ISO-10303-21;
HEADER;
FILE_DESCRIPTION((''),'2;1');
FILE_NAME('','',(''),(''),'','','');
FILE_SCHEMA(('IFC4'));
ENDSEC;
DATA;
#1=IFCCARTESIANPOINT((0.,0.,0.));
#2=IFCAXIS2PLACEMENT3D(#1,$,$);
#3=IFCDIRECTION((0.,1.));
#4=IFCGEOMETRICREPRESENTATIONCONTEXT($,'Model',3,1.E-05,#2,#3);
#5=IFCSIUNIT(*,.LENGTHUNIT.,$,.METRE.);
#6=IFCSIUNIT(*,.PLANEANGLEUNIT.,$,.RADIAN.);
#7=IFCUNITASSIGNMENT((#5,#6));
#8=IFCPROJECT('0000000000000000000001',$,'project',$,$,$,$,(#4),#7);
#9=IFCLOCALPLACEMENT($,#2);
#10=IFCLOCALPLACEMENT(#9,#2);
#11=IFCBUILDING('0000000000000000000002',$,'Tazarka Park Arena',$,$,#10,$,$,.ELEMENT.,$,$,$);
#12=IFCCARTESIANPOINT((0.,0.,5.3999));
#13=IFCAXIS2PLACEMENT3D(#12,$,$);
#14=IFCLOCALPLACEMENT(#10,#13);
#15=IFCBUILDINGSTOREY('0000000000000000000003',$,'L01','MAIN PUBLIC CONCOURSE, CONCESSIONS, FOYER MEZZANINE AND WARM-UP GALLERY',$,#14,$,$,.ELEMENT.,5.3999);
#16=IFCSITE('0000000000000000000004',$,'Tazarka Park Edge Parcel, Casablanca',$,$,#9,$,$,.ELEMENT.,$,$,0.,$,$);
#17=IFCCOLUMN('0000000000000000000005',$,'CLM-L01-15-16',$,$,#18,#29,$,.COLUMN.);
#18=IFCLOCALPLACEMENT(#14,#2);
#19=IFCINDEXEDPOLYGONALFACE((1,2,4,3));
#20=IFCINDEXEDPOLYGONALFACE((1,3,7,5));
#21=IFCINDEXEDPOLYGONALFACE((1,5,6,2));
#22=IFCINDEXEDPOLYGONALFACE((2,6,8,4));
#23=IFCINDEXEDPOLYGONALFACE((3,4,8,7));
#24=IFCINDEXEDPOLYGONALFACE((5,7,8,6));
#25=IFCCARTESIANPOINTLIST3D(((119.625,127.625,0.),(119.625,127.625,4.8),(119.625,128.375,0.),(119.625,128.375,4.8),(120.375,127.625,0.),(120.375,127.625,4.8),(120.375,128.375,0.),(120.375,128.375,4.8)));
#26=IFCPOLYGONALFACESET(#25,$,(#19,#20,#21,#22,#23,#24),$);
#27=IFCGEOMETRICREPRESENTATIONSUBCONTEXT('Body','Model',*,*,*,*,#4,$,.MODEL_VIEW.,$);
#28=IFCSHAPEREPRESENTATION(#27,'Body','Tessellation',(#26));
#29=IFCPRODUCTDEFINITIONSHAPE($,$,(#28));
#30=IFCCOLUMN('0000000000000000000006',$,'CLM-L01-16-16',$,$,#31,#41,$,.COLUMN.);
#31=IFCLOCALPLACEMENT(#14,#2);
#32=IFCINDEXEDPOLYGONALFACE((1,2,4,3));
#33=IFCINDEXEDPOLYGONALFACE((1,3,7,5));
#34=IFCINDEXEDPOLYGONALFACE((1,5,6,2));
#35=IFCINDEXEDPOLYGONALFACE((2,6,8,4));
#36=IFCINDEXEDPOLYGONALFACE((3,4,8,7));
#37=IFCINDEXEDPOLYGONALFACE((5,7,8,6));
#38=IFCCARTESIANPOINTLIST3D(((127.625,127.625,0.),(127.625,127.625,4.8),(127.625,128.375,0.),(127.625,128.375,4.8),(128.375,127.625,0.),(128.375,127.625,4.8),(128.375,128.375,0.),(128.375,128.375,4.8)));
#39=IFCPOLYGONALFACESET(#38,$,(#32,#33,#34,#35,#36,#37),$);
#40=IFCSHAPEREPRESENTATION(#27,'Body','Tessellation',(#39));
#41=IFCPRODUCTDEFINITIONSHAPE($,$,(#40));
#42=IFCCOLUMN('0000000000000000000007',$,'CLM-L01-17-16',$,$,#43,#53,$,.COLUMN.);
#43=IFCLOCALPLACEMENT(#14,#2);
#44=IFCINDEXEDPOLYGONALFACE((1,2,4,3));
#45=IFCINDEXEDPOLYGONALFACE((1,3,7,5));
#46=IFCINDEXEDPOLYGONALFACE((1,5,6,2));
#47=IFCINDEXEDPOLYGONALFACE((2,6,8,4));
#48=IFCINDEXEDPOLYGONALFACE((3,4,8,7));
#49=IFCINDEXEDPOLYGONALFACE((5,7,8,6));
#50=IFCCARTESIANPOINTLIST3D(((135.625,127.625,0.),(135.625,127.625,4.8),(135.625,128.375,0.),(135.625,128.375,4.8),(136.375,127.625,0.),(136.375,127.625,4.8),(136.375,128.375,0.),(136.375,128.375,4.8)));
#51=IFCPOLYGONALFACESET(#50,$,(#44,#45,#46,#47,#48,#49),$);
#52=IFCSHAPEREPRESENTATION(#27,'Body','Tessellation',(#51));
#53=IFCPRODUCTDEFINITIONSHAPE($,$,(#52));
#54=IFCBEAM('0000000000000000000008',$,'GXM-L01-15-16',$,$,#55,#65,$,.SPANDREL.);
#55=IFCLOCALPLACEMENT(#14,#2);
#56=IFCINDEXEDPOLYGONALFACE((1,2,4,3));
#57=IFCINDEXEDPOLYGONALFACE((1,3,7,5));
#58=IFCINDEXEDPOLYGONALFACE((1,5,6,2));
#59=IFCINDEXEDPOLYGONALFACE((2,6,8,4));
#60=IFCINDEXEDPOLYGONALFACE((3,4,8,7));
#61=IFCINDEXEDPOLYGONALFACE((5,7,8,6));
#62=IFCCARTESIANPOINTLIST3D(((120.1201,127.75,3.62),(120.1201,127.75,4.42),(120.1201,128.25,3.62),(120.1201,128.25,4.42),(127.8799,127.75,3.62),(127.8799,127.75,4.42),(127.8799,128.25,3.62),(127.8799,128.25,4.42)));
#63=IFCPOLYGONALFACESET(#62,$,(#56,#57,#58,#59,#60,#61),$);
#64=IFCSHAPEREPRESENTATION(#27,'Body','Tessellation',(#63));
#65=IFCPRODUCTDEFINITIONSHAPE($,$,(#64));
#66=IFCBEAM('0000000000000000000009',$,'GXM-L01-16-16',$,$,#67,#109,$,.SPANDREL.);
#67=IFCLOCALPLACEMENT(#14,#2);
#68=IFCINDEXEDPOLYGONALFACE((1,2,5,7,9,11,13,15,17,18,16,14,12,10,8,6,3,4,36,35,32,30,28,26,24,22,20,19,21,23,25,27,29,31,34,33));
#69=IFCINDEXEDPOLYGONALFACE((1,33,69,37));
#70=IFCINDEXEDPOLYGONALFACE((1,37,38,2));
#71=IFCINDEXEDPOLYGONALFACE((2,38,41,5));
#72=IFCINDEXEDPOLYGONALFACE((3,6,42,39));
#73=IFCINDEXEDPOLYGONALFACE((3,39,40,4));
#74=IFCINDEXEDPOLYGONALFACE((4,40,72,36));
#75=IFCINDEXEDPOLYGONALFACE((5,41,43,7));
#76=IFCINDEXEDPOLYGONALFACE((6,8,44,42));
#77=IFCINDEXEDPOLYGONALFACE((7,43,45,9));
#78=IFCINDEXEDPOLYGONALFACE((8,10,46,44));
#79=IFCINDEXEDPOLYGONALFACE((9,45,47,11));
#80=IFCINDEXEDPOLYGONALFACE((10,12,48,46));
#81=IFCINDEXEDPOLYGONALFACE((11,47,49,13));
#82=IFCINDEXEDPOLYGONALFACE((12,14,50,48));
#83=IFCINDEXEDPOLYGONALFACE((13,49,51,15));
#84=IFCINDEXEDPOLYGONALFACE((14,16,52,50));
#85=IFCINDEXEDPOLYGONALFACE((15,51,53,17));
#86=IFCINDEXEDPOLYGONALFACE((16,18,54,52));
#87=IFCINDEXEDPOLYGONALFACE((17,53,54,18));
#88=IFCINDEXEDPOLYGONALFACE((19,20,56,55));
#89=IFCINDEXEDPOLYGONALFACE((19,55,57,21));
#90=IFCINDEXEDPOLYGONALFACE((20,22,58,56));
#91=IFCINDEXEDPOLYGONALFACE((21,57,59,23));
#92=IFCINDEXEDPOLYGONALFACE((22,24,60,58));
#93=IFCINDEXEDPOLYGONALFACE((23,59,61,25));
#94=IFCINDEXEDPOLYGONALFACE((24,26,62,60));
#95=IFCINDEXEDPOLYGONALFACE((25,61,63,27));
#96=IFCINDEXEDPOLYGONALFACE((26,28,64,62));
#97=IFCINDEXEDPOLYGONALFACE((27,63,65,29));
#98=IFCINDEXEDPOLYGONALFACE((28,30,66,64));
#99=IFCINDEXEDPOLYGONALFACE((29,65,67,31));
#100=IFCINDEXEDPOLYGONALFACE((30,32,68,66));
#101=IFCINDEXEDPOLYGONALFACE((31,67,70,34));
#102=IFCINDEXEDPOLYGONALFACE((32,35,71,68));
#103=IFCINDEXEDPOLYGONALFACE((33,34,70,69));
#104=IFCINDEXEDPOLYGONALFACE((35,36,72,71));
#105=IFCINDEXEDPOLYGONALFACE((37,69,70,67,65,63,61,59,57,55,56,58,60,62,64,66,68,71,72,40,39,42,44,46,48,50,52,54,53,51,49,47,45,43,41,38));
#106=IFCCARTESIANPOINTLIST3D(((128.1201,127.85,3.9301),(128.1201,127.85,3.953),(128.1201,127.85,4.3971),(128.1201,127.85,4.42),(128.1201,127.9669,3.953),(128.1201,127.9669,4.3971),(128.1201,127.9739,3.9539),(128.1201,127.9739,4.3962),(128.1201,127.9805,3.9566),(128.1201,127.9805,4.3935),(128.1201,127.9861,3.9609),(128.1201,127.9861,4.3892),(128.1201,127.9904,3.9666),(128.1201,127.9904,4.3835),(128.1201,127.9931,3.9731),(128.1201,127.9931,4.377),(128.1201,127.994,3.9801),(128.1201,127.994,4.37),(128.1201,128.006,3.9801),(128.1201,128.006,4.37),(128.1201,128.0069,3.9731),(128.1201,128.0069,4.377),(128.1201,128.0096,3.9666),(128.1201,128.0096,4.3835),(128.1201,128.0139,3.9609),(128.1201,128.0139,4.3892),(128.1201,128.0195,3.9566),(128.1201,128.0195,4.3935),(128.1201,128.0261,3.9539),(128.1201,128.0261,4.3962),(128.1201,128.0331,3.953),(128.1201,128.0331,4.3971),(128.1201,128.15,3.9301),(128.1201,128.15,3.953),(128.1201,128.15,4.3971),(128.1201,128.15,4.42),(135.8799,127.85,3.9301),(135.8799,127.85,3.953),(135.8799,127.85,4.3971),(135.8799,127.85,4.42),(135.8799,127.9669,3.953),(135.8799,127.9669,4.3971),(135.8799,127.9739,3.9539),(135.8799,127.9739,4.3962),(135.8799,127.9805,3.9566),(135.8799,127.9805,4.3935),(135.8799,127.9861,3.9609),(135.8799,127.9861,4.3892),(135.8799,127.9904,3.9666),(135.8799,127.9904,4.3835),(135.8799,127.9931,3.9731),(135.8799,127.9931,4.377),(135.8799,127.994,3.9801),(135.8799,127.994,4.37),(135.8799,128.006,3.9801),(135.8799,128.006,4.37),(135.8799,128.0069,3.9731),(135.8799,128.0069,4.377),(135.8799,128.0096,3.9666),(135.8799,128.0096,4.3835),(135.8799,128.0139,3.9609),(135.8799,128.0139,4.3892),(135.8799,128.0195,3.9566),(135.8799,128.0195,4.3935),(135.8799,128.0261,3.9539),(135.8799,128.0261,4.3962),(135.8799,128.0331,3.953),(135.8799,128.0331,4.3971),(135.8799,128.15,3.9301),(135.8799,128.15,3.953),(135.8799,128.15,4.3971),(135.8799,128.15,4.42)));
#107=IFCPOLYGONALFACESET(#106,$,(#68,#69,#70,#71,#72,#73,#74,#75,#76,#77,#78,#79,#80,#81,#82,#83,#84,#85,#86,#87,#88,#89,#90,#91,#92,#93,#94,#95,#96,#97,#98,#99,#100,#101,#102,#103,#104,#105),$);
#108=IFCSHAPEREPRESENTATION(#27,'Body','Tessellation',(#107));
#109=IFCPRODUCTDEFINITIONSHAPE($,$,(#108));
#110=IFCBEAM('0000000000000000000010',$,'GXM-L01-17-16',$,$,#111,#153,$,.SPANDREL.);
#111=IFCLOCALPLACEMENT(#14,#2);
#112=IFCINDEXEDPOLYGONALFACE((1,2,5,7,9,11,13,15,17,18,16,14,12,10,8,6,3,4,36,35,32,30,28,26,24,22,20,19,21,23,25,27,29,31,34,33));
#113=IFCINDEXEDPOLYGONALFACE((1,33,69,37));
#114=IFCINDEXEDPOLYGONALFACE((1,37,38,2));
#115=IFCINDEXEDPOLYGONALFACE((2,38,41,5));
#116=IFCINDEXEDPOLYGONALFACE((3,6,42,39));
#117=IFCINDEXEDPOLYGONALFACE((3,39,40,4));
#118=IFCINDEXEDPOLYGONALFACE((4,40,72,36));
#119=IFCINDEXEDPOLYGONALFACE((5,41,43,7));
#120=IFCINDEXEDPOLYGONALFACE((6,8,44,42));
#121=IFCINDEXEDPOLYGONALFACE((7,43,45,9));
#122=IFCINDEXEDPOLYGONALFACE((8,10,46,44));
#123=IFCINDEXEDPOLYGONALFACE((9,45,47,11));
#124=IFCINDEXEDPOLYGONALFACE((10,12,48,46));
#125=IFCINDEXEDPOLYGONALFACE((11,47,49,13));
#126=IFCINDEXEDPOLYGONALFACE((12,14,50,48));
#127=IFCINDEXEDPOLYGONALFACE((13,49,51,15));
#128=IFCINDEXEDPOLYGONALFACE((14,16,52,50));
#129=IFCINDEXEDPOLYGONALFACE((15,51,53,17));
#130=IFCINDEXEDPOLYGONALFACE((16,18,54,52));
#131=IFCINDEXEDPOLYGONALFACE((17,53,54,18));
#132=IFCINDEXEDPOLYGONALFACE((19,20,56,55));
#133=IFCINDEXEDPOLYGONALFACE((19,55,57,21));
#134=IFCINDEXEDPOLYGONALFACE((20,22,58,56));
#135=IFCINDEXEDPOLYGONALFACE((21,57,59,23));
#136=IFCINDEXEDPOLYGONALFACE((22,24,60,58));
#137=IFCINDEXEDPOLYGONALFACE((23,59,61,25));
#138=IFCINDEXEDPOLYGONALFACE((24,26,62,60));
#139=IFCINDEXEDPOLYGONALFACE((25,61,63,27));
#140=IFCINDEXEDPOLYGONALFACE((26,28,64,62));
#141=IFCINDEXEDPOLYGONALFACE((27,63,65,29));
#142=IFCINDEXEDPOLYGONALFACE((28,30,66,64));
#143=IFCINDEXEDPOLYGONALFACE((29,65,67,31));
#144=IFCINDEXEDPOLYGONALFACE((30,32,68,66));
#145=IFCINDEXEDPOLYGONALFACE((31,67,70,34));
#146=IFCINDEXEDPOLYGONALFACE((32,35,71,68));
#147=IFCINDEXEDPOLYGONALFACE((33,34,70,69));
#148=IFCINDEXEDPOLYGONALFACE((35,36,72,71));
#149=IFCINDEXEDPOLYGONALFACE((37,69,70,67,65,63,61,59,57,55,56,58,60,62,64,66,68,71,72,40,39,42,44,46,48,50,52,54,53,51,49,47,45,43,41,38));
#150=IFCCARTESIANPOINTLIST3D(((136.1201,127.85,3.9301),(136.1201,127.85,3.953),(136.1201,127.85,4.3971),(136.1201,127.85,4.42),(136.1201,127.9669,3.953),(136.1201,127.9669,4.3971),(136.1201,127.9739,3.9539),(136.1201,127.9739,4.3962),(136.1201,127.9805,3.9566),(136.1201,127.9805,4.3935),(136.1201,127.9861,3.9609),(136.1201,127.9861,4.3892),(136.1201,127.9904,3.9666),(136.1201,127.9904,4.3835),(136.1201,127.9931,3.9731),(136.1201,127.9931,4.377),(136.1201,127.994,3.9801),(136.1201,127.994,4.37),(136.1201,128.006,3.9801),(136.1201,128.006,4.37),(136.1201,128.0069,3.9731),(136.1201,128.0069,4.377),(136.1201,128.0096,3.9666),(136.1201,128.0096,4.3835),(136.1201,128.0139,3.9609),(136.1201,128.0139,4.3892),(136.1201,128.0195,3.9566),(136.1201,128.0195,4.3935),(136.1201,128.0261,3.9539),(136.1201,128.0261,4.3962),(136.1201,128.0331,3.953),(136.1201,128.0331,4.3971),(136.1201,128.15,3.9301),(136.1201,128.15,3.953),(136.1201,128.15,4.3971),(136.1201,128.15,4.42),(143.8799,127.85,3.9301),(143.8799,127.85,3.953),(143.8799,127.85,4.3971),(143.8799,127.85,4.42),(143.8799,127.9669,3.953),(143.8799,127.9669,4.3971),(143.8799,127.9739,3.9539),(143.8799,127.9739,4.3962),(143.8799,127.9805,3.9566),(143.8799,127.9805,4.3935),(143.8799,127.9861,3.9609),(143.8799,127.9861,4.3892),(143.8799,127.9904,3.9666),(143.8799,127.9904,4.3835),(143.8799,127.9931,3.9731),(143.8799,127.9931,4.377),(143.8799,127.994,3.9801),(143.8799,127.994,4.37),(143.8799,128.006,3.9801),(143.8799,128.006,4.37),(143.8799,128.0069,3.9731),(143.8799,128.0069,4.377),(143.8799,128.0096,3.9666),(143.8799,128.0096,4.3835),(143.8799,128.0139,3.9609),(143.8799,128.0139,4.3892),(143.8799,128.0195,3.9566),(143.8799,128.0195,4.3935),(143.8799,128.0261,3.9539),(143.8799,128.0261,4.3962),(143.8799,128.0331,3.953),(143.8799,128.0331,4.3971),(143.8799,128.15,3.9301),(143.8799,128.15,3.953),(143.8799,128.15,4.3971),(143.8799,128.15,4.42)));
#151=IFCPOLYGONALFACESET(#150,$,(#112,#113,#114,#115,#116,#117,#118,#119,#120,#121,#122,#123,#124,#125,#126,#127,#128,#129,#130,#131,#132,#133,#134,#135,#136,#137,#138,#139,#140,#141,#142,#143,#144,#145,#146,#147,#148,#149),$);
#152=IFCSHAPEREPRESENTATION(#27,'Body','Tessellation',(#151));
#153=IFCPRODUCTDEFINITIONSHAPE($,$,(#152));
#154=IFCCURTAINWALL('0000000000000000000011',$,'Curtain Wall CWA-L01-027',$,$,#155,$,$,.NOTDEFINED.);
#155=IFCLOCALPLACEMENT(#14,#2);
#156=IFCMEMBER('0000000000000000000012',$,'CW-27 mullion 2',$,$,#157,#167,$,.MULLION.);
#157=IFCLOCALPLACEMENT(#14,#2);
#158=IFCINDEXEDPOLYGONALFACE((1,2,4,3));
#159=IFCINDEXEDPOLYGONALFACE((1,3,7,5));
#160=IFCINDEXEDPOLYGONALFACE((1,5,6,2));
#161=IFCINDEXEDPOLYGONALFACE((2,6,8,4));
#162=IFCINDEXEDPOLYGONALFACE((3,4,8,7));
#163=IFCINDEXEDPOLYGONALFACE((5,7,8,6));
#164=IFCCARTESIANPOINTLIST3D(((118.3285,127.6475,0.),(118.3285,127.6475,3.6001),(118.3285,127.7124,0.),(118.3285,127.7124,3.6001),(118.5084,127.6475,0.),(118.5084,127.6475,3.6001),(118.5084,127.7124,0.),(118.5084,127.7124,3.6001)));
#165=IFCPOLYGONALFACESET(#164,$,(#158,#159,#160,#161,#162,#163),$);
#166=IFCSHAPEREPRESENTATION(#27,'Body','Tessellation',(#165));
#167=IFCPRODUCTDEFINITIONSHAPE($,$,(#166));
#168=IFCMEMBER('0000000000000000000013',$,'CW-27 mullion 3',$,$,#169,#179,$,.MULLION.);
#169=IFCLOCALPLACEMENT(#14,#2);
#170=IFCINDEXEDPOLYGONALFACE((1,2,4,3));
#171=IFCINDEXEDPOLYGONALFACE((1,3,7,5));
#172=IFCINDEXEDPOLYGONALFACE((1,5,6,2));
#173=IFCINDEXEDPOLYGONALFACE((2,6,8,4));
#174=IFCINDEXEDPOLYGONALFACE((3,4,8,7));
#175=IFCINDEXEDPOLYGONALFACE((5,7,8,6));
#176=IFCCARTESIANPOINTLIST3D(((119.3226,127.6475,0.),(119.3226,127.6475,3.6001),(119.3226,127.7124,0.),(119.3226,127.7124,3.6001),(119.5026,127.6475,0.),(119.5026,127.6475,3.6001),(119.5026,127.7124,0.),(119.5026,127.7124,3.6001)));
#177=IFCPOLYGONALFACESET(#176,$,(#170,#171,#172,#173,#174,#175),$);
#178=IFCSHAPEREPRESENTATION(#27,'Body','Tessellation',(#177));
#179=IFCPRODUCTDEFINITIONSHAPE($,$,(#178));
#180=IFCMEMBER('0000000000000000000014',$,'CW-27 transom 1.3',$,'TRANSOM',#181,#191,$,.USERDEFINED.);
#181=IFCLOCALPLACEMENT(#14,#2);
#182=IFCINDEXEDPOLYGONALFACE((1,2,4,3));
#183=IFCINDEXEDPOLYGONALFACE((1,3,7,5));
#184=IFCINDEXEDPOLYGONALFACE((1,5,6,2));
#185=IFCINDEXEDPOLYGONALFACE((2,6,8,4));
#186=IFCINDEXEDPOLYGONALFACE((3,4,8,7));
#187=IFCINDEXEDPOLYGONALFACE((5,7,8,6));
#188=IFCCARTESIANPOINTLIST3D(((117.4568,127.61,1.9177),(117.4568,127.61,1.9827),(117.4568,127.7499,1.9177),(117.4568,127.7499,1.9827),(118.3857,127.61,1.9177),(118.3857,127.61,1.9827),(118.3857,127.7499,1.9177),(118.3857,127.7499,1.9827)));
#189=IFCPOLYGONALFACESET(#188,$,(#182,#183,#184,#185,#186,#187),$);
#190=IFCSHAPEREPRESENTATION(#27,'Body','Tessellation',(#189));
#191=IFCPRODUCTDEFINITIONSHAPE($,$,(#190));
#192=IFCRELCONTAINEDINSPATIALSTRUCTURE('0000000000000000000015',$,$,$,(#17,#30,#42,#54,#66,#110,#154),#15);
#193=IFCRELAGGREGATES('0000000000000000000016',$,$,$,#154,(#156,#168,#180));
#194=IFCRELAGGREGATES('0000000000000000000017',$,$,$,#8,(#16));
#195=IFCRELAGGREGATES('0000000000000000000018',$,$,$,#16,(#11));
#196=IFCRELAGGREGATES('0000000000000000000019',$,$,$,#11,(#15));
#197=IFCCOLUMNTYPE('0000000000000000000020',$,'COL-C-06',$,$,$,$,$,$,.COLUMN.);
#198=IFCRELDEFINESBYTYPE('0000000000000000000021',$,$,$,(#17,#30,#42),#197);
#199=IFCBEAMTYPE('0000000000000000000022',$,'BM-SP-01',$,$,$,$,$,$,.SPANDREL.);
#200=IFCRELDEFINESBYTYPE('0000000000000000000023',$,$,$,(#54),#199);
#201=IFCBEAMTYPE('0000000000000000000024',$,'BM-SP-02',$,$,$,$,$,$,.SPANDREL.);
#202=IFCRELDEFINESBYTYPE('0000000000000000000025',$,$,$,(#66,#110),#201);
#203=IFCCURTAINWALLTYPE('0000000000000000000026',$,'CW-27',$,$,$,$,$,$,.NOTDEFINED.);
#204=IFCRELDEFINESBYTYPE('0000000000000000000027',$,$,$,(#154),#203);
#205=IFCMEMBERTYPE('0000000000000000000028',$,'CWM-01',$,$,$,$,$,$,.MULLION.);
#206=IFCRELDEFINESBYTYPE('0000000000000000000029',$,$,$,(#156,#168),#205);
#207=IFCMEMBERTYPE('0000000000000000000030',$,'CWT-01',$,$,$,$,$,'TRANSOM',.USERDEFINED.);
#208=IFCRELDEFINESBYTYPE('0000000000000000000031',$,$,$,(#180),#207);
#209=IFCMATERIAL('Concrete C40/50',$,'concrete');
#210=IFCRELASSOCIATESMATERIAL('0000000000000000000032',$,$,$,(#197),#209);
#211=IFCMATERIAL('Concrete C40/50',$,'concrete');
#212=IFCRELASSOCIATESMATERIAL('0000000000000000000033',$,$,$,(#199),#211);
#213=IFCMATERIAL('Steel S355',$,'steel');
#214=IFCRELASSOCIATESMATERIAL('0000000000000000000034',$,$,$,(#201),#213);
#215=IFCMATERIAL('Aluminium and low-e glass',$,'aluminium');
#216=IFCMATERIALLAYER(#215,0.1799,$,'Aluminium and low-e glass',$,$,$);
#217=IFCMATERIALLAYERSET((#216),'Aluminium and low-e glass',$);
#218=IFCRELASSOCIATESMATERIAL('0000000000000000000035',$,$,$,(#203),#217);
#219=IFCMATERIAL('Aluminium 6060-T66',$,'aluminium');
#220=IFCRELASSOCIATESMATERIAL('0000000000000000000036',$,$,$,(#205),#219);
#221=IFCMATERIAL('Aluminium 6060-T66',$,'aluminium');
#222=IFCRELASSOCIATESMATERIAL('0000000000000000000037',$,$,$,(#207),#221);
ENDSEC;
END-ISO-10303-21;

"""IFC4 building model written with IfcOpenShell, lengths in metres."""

from ifc_helpers import new_model, si_unit, direction, frame, origin, origin_2d, place, context, subcontext, project, spatial, rectangle, i_section, extrude, material, layer, layer_set, material_profile, profile_set, type_object, element, aggregate, save


model = new_model("IFC4")

# Units and contexts
model_context = context("Model", 3, precision=1e-05, world=origin(), true_north=direction((0.0, 1.0)))
body_context = subcontext(model_context, "Body", "Model", "MODEL_VIEW")
ifc_project = project(units=[si_unit("LENGTHUNIT", "METRE"), si_unit("PLANEANGLEUNIT", "RADIAN")], contexts=[model_context])

# Site, building, storey
site_placement = place(None, origin())
site = spatial("IfcSite", under=ifc_project, at=site_placement, Name="Tazarka Park Edge Parcel, Casablanca", CompositionType="ELEMENT", RefElevation=0.0)
building_placement = place(site_placement, origin())
building = spatial("IfcBuilding", under=site, at=building_placement, Name="Tazarka Park Arena", CompositionType="ELEMENT")
storey_placement = place(building_placement, frame((0.0, 0.0, 5.3999)))
storey = spatial("IfcBuildingStorey", under=building, at=storey_placement, Name="L01", Description="MAIN PUBLIC CONCOURSE, CONCESSIONS, FOYER MEZZANINE AND WARM-UP GALLERY", CompositionType="ELEMENT", Elevation=5.3999)

# Columns
ifc_material_1 = material(Name="Concrete C40/50", Category="concrete")
ifc_material_profile_1 = material_profile(ifc_material_1, rectangle(XDim=0.75, YDim=0.75, at=origin_2d()), Name="Concrete C40/50")
ifc_profile_set_1 = profile_set([ifc_material_profile_1], Name="Concrete C40/50")
column_type = type_object("IfcColumnType", Name="COL-C-06", PredefinedType="COLUMN", material=ifc_profile_set_1)
for number, where, z_axis, x_axis, name in (
    (1, (120.0, 128.0, 0.0), (0.0, 0.0, 1.0), (1.0, 0.0, 0.0), "CLM-L01-15-16"),
    (2, (128.0, 128.0, 0.0), (0.0, 0.0, 1.0), (1.0, 0.0, 0.0), "CLM-L01-16-16"),
    (3, (136.0, 128.0, 0.0), (0.0, 0.0, 1.0), (1.0, 0.0, 0.0), "CLM-L01-17-16"),
):
    element("IfcColumn", number, at=place(storey_placement, frame(where, z_axis=z_axis, x_axis=x_axis)), inside=storey, type_object=column_type, Name=name, PredefinedType="COLUMN", context=body_context, shape_type="SweptSolid", body=[
        extrude(rectangle(XDim=0.75, YDim=0.75, at=origin_2d()), origin(), (0.0, 0.0, 1.0), 4.8),
    ])

# Beams
ifc_material_2 = material(Name="Concrete C40/50", Category="concrete")
ifc_material_profile_2 = material_profile(ifc_material_2, rectangle(XDim=0.5, YDim=0.8, at=origin_2d()), Name="Concrete C40/50")
ifc_profile_set_2 = profile_set([ifc_material_profile_2], Name="Concrete C40/50")
beam_type_1 = type_object("IfcBeamType", Name="BM-SP-01", PredefinedType="SPANDREL", material=ifc_profile_set_2)
beam_placement = place(storey_placement, frame((120.1201, 128.0, 4.02), z_axis=(1.0, 0.0, 0.0), x_axis=(0.0, 1.0, 0.0)))
element("IfcBeam", 4, at=beam_placement, inside=storey, type_object=beam_type_1, Name="GXM-L01-15-16", PredefinedType="SPANDREL", context=body_context, shape_type="SweptSolid", body=[
    extrude(rectangle(XDim=0.5, YDim=0.8, at=origin_2d()), origin(), (0.0, 0.0, 1.0), 7.7598),
])
ifc_material_3 = material(Name="Steel S355", Category="steel")
ifc_material_profile_3 = material_profile(ifc_material_3, i_section(OverallWidth=0.3, OverallDepth=0.49, WebThickness=0.012, FlangeThickness=0.0229, FilletRadius=0.0271, at=origin_2d()), Name="Steel S355")
ifc_profile_set_3 = profile_set([ifc_material_profile_3], Name="Steel S355")
beam_type_2 = type_object("IfcBeamType", Name="BM-SP-02", PredefinedType="SPANDREL", material=ifc_profile_set_3)
for number, where, z_axis, x_axis, name in (
    (5, (128.1201, 128.0, 4.175), (1.0, 0.0, 0.0), (0.0, 1.0, 0.0), "GXM-L01-16-16"),
    (6, (136.1201, 128.0, 4.175), (1.0, 0.0, 0.0), (0.0, 1.0, 0.0), "GXM-L01-17-16"),
):
    element("IfcBeam", number, at=place(storey_placement, frame(where, z_axis=z_axis, x_axis=x_axis)), inside=storey, type_object=beam_type_2, Name=name, PredefinedType="SPANDREL", context=body_context, shape_type="SweptSolid", body=[
        extrude(i_section(OverallWidth=0.3, OverallDepth=0.49, WebThickness=0.012, FlangeThickness=0.0229, FilletRadius=0.0271, at=origin_2d()), origin(), (0.0, 0.0, 1.0), 7.7598),
    ])

# Curtain wall, members
ifc_material_4 = material(Name="Aluminium and low-e glass", Category="aluminium")
ifc_layer_1 = layer(ifc_material_4, 0.1799, Name="Aluminium and low-e glass")
ifc_layer_set_1 = layer_set([ifc_layer_1], Name="Aluminium and low-e glass")
curtain_wall_type = type_object("IfcCurtainWallType", Name="CW-27", PredefinedType="NOTDEFINED", material=ifc_layer_set_1)
curtain_wall_placement = place(storey_placement, origin())
curtain_wall = element("IfcCurtainWall", 7, at=curtain_wall_placement, inside=storey, type_object=curtain_wall_type, Name="Curtain Wall CWA-L01-027", PredefinedType="NOTDEFINED")
ifc_material_5 = material(Name="Aluminium 6060-T66", Category="aluminium")
ifc_material_profile_4 = material_profile(ifc_material_5, rectangle(XDim=0.0649, YDim=0.1799, at=origin_2d()), Name="Aluminium 6060-T66")
ifc_profile_set_4 = profile_set([ifc_material_profile_4], Name="Aluminium 6060-T66")
member_type_1 = type_object("IfcMemberType", Name="CWM-01", PredefinedType="MULLION", material=ifc_profile_set_4)
member_1_placement = place(storey_placement, frame((118.4185, 127.6799, 0.0), z_axis=(0.0, 0.0, 1.0), x_axis=(0.0, 1.0, 0.0)))
member_1 = element("IfcMember", 8, at=member_1_placement, type_object=member_type_1, Name="CW-27 mullion 2", PredefinedType="MULLION", context=body_context, shape_type="SweptSolid", body=[
    extrude(rectangle(XDim=0.0649, YDim=0.1799, at=origin_2d()), origin(), (0.0, 0.0, 1.0), 3.6001),
])
member_2_placement = place(storey_placement, frame((119.4126, 127.6799, 0.0), z_axis=(0.0, 0.0, 1.0), x_axis=(0.0, 1.0, 0.0)))
member_2 = element("IfcMember", 9, at=member_2_placement, type_object=member_type_1, Name="CW-27 mullion 3", PredefinedType="MULLION", context=body_context, shape_type="SweptSolid", body=[
    extrude(rectangle(XDim=0.0649, YDim=0.1799, at=origin_2d()), origin(), (0.0, 0.0, 1.0), 3.6001),
])
ifc_material_6 = material(Name="Aluminium 6060-T66", Category="aluminium")
ifc_material_profile_5 = material_profile(ifc_material_6, rectangle(XDim=0.1399, YDim=0.0649, at=origin_2d()), Name="Aluminium 6060-T66")
ifc_profile_set_5 = profile_set([ifc_material_profile_5], Name="Aluminium 6060-T66")
member_type_2 = type_object("IfcMemberType", Name="CWT-01", ElementType="TRANSOM", PredefinedType="USERDEFINED", material=ifc_profile_set_5)
member_3_placement = place(storey_placement, frame((117.4568, 127.6799, 1.9502), z_axis=(1.0, 0.0, 0.0), x_axis=(0.0, 1.0, 0.0)))
member_3 = element("IfcMember", 10, at=member_3_placement, type_object=member_type_2, Name="CW-27 transom 1.3", ObjectType="TRANSOM", PredefinedType="USERDEFINED", context=body_context, shape_type="SweptSolid", body=[
    extrude(rectangle(XDim=0.1399, YDim=0.0649, at=origin_2d()), origin(), (0.0, 0.0, 1.0), 0.929),
])
aggregate(curtain_wall, [member_1, member_2, member_3])

save(model, "model.ifc")
